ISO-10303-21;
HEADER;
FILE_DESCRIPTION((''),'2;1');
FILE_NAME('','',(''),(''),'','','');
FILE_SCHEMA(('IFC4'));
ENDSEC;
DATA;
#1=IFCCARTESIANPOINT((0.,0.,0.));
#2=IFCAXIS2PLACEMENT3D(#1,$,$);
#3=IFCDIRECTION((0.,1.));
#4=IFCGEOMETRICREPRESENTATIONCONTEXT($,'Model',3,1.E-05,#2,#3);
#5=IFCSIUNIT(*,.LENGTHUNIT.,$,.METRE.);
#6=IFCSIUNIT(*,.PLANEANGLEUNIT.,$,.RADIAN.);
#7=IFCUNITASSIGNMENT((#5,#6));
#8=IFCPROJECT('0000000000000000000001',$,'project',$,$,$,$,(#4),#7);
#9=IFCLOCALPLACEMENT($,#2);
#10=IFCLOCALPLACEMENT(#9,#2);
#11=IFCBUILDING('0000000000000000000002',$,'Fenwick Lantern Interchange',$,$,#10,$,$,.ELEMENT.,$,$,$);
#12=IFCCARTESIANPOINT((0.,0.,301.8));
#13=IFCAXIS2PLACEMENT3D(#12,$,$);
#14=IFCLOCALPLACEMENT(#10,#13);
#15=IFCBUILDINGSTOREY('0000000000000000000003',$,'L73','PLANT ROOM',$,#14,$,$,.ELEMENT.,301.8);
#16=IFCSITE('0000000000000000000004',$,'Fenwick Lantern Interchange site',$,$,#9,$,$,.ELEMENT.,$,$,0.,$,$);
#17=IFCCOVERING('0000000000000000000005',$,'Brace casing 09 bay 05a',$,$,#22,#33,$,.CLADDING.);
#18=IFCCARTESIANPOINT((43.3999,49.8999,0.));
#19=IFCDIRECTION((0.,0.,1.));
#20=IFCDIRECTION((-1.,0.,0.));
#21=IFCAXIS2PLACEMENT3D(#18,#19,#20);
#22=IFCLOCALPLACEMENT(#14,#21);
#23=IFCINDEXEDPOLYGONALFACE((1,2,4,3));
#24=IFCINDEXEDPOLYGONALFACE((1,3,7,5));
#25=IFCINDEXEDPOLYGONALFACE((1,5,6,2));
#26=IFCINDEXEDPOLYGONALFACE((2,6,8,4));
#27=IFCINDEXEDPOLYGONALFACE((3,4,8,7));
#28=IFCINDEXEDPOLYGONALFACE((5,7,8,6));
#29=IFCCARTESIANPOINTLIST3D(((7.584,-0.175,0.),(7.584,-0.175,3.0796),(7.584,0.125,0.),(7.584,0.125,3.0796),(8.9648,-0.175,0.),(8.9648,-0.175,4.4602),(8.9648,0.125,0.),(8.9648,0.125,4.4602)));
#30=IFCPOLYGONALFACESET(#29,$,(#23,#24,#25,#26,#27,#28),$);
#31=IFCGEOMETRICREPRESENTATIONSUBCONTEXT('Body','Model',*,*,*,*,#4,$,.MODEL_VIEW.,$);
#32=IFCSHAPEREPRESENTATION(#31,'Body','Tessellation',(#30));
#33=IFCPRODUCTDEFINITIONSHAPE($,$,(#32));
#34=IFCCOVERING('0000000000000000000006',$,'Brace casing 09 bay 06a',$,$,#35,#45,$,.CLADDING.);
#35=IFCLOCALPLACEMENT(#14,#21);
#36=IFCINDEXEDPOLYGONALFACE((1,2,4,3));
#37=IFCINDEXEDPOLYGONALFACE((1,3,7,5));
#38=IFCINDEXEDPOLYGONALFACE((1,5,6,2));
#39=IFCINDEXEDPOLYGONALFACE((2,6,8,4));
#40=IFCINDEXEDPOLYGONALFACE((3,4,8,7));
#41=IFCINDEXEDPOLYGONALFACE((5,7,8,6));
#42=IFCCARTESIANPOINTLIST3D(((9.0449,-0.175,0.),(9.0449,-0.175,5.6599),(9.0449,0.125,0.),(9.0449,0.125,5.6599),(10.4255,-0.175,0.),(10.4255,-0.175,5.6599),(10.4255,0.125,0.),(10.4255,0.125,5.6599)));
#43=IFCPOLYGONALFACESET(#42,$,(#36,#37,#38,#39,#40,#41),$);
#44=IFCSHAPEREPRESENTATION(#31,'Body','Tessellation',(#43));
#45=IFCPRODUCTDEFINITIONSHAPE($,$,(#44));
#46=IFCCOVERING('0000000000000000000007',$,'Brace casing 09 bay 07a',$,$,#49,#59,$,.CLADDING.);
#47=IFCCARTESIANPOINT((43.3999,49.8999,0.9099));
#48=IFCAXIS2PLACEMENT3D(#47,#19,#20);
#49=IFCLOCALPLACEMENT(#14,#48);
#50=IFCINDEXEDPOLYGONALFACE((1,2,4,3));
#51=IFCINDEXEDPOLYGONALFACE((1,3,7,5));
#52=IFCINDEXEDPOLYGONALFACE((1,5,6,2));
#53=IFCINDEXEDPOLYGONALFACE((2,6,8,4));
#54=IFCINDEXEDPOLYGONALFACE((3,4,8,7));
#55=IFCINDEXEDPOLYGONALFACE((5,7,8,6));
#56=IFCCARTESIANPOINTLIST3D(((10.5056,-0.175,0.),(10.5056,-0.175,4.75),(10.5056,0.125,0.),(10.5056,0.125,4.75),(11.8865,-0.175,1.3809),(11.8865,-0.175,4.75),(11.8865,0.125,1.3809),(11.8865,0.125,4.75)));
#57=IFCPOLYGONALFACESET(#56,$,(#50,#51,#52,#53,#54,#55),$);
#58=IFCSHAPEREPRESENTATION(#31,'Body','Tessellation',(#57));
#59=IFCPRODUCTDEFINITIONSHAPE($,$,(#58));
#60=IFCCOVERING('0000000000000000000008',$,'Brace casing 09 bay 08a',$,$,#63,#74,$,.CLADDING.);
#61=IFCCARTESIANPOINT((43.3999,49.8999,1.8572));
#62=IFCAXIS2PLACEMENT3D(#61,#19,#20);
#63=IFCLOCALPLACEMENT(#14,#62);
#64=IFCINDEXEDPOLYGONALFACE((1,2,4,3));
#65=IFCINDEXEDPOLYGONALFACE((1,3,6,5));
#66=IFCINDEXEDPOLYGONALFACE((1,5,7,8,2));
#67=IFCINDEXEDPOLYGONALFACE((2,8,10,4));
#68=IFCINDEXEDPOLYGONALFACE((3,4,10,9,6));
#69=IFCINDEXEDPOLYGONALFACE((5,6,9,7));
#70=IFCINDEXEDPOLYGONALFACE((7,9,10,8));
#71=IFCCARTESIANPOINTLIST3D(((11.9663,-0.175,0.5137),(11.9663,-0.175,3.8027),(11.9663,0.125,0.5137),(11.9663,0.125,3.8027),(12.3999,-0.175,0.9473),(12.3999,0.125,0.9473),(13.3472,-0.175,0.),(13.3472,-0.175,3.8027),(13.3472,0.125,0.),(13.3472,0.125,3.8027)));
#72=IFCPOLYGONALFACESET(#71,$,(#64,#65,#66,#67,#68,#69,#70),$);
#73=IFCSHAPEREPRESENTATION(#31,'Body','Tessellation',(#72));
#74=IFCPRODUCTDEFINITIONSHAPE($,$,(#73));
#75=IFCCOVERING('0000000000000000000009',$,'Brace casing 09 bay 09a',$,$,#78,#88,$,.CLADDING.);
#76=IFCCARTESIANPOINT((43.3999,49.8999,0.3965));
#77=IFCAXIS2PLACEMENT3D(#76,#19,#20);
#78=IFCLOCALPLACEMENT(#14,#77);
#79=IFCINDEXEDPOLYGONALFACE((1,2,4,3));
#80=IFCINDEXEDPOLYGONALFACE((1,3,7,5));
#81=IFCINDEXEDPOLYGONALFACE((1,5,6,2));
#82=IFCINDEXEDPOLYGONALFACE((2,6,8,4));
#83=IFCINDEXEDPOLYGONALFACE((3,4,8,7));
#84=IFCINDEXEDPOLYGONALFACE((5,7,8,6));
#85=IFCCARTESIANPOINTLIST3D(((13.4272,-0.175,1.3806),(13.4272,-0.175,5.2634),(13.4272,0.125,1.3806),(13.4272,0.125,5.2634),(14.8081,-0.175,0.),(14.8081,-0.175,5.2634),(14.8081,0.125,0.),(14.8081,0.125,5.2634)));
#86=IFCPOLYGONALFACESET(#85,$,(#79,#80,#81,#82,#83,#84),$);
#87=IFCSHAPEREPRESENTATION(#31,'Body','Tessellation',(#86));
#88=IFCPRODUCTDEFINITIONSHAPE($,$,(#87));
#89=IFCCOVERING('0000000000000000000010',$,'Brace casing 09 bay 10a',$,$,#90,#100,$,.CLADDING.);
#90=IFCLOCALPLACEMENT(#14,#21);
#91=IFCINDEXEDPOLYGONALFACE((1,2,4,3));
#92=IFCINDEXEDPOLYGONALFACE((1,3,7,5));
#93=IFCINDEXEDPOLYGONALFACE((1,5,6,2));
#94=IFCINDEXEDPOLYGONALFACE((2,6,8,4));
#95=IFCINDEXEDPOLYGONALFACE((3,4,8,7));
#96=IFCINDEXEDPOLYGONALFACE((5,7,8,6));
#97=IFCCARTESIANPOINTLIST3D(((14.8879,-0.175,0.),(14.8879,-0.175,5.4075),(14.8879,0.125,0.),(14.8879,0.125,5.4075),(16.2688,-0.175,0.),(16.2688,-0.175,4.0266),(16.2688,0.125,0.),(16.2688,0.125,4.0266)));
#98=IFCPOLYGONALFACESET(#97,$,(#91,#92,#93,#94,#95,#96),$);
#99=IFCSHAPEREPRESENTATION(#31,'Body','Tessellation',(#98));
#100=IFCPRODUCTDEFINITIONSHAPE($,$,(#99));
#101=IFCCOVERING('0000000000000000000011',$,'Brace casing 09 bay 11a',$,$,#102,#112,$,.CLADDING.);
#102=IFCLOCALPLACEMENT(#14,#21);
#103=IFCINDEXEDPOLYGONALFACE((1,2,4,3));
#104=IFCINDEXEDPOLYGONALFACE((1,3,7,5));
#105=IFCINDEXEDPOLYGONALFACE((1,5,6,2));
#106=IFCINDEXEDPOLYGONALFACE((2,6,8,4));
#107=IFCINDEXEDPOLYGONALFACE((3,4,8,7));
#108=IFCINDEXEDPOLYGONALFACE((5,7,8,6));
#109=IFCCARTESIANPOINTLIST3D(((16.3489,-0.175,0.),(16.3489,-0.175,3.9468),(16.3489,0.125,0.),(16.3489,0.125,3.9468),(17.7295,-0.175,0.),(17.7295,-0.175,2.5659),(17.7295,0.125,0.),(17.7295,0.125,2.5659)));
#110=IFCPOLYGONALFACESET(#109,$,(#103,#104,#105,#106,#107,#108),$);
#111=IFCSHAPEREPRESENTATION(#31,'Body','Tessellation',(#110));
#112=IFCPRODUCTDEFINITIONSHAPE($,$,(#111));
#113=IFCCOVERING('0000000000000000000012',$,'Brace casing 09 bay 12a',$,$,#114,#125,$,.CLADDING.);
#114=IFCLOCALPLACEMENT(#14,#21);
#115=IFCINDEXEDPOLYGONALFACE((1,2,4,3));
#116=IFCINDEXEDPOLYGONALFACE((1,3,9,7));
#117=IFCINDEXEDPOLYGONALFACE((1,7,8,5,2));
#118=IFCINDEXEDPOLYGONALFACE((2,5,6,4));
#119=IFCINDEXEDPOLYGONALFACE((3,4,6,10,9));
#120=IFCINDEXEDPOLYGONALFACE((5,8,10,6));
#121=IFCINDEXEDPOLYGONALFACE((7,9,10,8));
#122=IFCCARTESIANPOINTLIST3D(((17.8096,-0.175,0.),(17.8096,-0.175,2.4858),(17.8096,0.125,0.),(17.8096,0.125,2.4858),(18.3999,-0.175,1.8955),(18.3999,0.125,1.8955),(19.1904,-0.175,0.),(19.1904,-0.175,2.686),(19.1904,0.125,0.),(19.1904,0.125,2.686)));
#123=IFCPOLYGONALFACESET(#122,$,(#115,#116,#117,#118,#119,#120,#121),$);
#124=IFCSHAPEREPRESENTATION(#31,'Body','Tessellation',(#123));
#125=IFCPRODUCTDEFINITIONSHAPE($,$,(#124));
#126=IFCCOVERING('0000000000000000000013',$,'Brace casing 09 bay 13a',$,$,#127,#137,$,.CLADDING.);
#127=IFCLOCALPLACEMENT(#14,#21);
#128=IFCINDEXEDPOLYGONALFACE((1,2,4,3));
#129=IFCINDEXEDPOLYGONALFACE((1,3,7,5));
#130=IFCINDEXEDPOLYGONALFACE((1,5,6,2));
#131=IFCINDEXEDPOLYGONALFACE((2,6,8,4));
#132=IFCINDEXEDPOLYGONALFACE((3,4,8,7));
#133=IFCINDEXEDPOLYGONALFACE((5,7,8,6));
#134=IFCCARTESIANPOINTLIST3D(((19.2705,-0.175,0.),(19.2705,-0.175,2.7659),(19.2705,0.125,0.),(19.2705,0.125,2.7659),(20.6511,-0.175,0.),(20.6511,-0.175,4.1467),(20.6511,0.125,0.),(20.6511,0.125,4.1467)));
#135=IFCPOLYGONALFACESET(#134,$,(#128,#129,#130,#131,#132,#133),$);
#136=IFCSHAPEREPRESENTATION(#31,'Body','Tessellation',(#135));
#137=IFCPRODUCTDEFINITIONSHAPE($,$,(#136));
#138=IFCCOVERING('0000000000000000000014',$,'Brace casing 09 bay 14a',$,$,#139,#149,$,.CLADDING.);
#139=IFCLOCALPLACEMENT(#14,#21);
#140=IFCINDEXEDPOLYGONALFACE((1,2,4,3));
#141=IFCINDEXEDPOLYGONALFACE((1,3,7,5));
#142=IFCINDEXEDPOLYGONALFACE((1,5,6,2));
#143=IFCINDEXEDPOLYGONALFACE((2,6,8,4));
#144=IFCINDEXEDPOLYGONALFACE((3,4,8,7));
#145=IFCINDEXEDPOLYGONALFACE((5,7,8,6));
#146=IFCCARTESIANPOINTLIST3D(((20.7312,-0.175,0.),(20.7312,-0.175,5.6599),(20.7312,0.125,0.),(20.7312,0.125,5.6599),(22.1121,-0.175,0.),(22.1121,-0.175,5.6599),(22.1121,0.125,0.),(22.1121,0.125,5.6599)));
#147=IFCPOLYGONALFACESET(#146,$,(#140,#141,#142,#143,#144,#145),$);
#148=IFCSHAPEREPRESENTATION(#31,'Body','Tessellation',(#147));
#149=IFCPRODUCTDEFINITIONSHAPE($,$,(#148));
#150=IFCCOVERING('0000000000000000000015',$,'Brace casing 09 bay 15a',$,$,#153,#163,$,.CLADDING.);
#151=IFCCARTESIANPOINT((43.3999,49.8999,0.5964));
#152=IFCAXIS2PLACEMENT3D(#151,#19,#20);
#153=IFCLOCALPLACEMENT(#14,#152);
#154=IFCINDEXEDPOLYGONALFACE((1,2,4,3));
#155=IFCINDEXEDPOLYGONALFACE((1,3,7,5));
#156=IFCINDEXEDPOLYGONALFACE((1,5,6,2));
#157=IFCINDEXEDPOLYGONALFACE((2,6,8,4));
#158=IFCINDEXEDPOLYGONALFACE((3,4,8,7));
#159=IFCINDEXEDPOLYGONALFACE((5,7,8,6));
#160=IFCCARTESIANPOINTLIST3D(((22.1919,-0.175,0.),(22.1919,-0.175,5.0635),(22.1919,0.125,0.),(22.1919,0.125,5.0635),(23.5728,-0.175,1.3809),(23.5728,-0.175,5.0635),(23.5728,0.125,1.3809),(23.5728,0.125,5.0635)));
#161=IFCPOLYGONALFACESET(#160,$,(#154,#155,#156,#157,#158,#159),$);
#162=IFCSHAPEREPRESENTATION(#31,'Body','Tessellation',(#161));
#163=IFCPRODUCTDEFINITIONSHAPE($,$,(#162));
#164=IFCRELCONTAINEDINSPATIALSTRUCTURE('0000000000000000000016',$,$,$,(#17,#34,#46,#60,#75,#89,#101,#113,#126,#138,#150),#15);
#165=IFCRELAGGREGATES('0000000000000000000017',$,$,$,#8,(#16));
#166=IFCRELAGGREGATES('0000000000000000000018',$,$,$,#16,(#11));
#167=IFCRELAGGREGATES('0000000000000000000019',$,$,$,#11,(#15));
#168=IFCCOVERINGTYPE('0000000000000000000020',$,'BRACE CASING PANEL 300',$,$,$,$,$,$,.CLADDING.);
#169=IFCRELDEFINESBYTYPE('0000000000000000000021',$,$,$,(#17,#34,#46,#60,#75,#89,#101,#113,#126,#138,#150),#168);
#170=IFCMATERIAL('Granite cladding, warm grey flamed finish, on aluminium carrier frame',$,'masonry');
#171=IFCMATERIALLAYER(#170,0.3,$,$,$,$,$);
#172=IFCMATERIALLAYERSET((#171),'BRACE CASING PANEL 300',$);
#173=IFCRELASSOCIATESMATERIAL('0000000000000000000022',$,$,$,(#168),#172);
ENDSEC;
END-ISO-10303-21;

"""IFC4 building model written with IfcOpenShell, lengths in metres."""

from ifc_helpers import new_model, si_unit, direction, frame, origin, place, context, subcontext, project, spatial, polyline, outline, extrude, material, layer, layer_set, type_object, element, save


model = new_model("IFC4")

# Units and contexts
model_context = context("Model", 3, precision=1e-05, world=origin(), true_north=direction((0.0, 1.0)))
body_context = subcontext(model_context, "Body", "Model", "MODEL_VIEW")
ifc_project = project(units=[si_unit("LENGTHUNIT", "METRE"), si_unit("PLANEANGLEUNIT", "RADIAN")], contexts=[model_context])

# Site, building, storey
site_placement = place(None, origin())
site = spatial("IfcSite", under=ifc_project, at=site_placement, Name="Fenwick Lantern Interchange site", CompositionType="ELEMENT", RefElevation=0.0)
building_placement = place(site_placement, origin())
building = spatial("IfcBuilding", under=site, at=building_placement, Name="Fenwick Lantern Interchange", CompositionType="ELEMENT")
storey_placement = place(building_placement, frame((0.0, 0.0, 301.8)))
storey = spatial("IfcBuildingStorey", under=building, at=storey_placement, Name="L73", Description="PLANT ROOM", CompositionType="ELEMENT", Elevation=301.8)

# Coverings
ifc_material_1 = material(Name="Granite cladding, warm grey flamed finish, on aluminium carrier frame", Category="masonry")
ifc_layer_1 = layer(ifc_material_1, 0.3)
ifc_layer_set_1 = layer_set([ifc_layer_1], Name="BRACE CASING PANEL 300")
covering_type = type_object("IfcCoveringType", Name="BRACE CASING PANEL 300", PredefinedType="CLADDING", material=ifc_layer_set_1)
covering_1_placement = place(storey_placement, frame((43.3999, 49.8999, 0.0), z_axis=(0.0, 0.0, 1.0), x_axis=(-1.0, 0.0, 0.0)))
element("IfcCovering", 1, at=covering_1_placement, inside=storey, type_object=covering_type, Name="Brace casing 09 bay 05a", PredefinedType="CLADDING", context=body_context, shape_type="SweptSolid", body=[
    extrude(outline(polyline([(7.584, 0.0), (8.9648, 0.0), (8.9648, 4.4602), (7.584, 3.0796), (7.584, 0.0)])), frame((0.0, 0.125, 0.0), z_axis=(0.0, -1.0, 0.0), x_axis=(1.0, 0.0, 0.0)), (0.0, 0.0, 1.0), 0.3),
])
covering_2_placement = place(storey_placement, frame((43.3999, 49.8999, 0.0), z_axis=(0.0, 0.0, 1.0), x_axis=(-1.0, 0.0, 0.0)))
element("IfcCovering", 2, at=covering_2_placement, inside=storey, type_object=covering_type, Name="Brace casing 09 bay 06a", PredefinedType="CLADDING", context=body_context, shape_type="SweptSolid", body=[
    extrude(outline(polyline([(9.0449, 0.0), (10.4255, 0.0), (10.4255, 5.6599), (9.0449, 5.6599), (9.0449, 0.0)])), frame((0.0, 0.125, 0.0), z_axis=(0.0, -1.0, 0.0), x_axis=(1.0, 0.0, 0.0)), (0.0, 0.0, 1.0), 0.3),
])
covering_3_placement = place(storey_placement, frame((43.3999, 49.8999, 0.9099), z_axis=(0.0, 0.0, 1.0), x_axis=(-1.0, 0.0, 0.0)))
element("IfcCovering", 3, at=covering_3_placement, inside=storey, type_object=covering_type, Name="Brace casing 09 bay 07a", PredefinedType="CLADDING", context=body_context, shape_type="SweptSolid", body=[
    extrude(outline(polyline([(10.5056, 0.0), (11.8865, 1.3809), (11.8865, 4.75), (10.5056, 4.75), (10.5056, 0.0)])), frame((0.0, 0.125, 0.0), z_axis=(0.0, -1.0, 0.0), x_axis=(1.0, 0.0, 0.0)), (0.0, 0.0, 1.0), 0.3),
])
covering_4_placement = place(storey_placement, frame((43.3999, 49.8999, 1.8572), z_axis=(0.0, 0.0, 1.0), x_axis=(-1.0, 0.0, 0.0)))
element("IfcCovering", 4, at=covering_4_placement, inside=storey, type_object=covering_type, Name="Brace casing 09 bay 08a", PredefinedType="CLADDING", context=body_context, shape_type="SweptSolid", body=[
    extrude(outline(polyline([(13.3472, 0.0), (13.3472, 3.8027), (11.9663, 3.8027), (11.9663, 0.5137), (12.3999, 0.9473), (13.3472, 0.0)])), frame((0.0, 0.125, 0.0), z_axis=(0.0, -1.0, 0.0), x_axis=(1.0, 0.0, 0.0)), (0.0, 0.0, 1.0), 0.3),
])
covering_5_placement = place(storey_placement, frame((43.3999, 49.8999, 0.3965), z_axis=(0.0, 0.0, 1.0), x_axis=(-1.0, 0.0, 0.0)))
element("IfcCovering", 5, at=covering_5_placement, inside=storey, type_object=covering_type, Name="Brace casing 09 bay 09a", PredefinedType="CLADDING", context=body_context, shape_type="SweptSolid", body=[
    extrude(outline(polyline([(14.8081, 0.0), (14.8081, 5.2634), (13.4272, 5.2634), (13.4272, 1.3806), (14.8081, 0.0)])), frame((0.0, 0.125, 0.0), z_axis=(0.0, -1.0, 0.0), x_axis=(1.0, 0.0, 0.0)), (0.0, 0.0, 1.0), 0.3),
])
covering_6_placement = place(storey_placement, frame((43.3999, 49.8999, 0.0), z_axis=(0.0, 0.0, 1.0), x_axis=(-1.0, 0.0, 0.0)))
element("IfcCovering", 6, at=covering_6_placement, inside=storey, type_object=covering_type, Name="Brace casing 09 bay 10a", PredefinedType="CLADDING", context=body_context, shape_type="SweptSolid", body=[
    extrude(outline(polyline([(14.8879, 0.0), (16.2688, 0.0), (16.2688, 4.0266), (14.8879, 5.4075), (14.8879, 0.0)])), frame((0.0, 0.125, 0.0), z_axis=(0.0, -1.0, 0.0), x_axis=(1.0, 0.0, 0.0)), (0.0, 0.0, 1.0), 0.3),
])
covering_7_placement = place(storey_placement, frame((43.3999, 49.8999, 0.0), z_axis=(0.0, 0.0, 1.0), x_axis=(-1.0, 0.0, 0.0)))
element("IfcCovering", 7, at=covering_7_placement, inside=storey, type_object=covering_type, Name="Brace casing 09 bay 11a", PredefinedType="CLADDING", context=body_context, shape_type="SweptSolid", body=[
    extrude(outline(polyline([(16.3489, 0.0), (17.7295, 0.0), (17.7295, 2.5659), (16.3489, 3.9468), (16.3489, 0.0)])), frame((0.0, 0.125, 0.0), z_axis=(0.0, -1.0, 0.0), x_axis=(1.0, 0.0, 0.0)), (0.0, 0.0, 1.0), 0.3),
])
covering_8_placement = place(storey_placement, frame((43.3999, 49.8999, 0.0), z_axis=(0.0, 0.0, 1.0), x_axis=(-1.0, 0.0, 0.0)))
element("IfcCovering", 8, at=covering_8_placement, inside=storey, type_object=covering_type, Name="Brace casing 09 bay 12a", PredefinedType="CLADDING", context=body_context, shape_type="SweptSolid", body=[
    extrude(outline(polyline([(17.8096, 0.0), (19.1904, 0.0), (19.1904, 2.686), (18.3999, 1.8955), (17.8096, 2.4858), (17.8096, 0.0)])), frame((0.0, 0.125, 0.0), z_axis=(0.0, -1.0, 0.0), x_axis=(1.0, 0.0, 0.0)), (0.0, 0.0, 1.0), 0.3),
])
covering_9_placement = place(storey_placement, frame((43.3999, 49.8999, 0.0), z_axis=(0.0, 0.0, 1.0), x_axis=(-1.0, 0.0, 0.0)))
element("IfcCovering", 9, at=covering_9_placement, inside=storey, type_object=covering_type, Name="Brace casing 09 bay 13a", PredefinedType="CLADDING", context=body_context, shape_type="SweptSolid", body=[
    extrude(outline(polyline([(19.2705, 0.0), (20.6511, 0.0), (20.6511, 4.1467), (19.2705, 2.7659), (19.2705, 0.0)])), frame((0.0, 0.125, 0.0), z_axis=(0.0, -1.0, 0.0), x_axis=(1.0, 0.0, 0.0)), (0.0, 0.0, 1.0), 0.3),
])
covering_10_placement = place(storey_placement, frame((43.3999, 49.8999, 0.0), z_axis=(0.0, 0.0, 1.0), x_axis=(-1.0, 0.0, 0.0)))
element("IfcCovering", 10, at=covering_10_placement, inside=storey, type_object=covering_type, Name="Brace casing 09 bay 14a", PredefinedType="CLADDING", context=body_context, shape_type="SweptSolid", body=[
    extrude(outline(polyline([(20.7312, 0.0), (22.1121, 0.0), (22.1121, 5.6599), (20.7312, 5.6599), (20.7312, 0.0)])), frame((0.0, 0.125, 0.0), z_axis=(0.0, -1.0, 0.0), x_axis=(1.0, 0.0, 0.0)), (0.0, 0.0, 1.0), 0.3),
])
covering_11_placement = place(storey_placement, frame((43.3999, 49.8999, 0.5964), z_axis=(0.0, 0.0, 1.0), x_axis=(-1.0, 0.0, 0.0)))
element("IfcCovering", 11, at=covering_11_placement, inside=storey, type_object=covering_type, Name="Brace casing 09 bay 15a", PredefinedType="CLADDING", context=body_context, shape_type="SweptSolid", body=[
    extrude(outline(polyline([(22.1919, 0.0), (23.5728, 1.3809), (23.5728, 5.0635), (22.1919, 5.0635), (22.1919, 0.0)])), frame((0.0, 0.125, 0.0), z_axis=(0.0, -1.0, 0.0), x_axis=(1.0, 0.0, 0.0)), (0.0, 0.0, 1.0), 0.3),
])

save(model, "model.ifc")
